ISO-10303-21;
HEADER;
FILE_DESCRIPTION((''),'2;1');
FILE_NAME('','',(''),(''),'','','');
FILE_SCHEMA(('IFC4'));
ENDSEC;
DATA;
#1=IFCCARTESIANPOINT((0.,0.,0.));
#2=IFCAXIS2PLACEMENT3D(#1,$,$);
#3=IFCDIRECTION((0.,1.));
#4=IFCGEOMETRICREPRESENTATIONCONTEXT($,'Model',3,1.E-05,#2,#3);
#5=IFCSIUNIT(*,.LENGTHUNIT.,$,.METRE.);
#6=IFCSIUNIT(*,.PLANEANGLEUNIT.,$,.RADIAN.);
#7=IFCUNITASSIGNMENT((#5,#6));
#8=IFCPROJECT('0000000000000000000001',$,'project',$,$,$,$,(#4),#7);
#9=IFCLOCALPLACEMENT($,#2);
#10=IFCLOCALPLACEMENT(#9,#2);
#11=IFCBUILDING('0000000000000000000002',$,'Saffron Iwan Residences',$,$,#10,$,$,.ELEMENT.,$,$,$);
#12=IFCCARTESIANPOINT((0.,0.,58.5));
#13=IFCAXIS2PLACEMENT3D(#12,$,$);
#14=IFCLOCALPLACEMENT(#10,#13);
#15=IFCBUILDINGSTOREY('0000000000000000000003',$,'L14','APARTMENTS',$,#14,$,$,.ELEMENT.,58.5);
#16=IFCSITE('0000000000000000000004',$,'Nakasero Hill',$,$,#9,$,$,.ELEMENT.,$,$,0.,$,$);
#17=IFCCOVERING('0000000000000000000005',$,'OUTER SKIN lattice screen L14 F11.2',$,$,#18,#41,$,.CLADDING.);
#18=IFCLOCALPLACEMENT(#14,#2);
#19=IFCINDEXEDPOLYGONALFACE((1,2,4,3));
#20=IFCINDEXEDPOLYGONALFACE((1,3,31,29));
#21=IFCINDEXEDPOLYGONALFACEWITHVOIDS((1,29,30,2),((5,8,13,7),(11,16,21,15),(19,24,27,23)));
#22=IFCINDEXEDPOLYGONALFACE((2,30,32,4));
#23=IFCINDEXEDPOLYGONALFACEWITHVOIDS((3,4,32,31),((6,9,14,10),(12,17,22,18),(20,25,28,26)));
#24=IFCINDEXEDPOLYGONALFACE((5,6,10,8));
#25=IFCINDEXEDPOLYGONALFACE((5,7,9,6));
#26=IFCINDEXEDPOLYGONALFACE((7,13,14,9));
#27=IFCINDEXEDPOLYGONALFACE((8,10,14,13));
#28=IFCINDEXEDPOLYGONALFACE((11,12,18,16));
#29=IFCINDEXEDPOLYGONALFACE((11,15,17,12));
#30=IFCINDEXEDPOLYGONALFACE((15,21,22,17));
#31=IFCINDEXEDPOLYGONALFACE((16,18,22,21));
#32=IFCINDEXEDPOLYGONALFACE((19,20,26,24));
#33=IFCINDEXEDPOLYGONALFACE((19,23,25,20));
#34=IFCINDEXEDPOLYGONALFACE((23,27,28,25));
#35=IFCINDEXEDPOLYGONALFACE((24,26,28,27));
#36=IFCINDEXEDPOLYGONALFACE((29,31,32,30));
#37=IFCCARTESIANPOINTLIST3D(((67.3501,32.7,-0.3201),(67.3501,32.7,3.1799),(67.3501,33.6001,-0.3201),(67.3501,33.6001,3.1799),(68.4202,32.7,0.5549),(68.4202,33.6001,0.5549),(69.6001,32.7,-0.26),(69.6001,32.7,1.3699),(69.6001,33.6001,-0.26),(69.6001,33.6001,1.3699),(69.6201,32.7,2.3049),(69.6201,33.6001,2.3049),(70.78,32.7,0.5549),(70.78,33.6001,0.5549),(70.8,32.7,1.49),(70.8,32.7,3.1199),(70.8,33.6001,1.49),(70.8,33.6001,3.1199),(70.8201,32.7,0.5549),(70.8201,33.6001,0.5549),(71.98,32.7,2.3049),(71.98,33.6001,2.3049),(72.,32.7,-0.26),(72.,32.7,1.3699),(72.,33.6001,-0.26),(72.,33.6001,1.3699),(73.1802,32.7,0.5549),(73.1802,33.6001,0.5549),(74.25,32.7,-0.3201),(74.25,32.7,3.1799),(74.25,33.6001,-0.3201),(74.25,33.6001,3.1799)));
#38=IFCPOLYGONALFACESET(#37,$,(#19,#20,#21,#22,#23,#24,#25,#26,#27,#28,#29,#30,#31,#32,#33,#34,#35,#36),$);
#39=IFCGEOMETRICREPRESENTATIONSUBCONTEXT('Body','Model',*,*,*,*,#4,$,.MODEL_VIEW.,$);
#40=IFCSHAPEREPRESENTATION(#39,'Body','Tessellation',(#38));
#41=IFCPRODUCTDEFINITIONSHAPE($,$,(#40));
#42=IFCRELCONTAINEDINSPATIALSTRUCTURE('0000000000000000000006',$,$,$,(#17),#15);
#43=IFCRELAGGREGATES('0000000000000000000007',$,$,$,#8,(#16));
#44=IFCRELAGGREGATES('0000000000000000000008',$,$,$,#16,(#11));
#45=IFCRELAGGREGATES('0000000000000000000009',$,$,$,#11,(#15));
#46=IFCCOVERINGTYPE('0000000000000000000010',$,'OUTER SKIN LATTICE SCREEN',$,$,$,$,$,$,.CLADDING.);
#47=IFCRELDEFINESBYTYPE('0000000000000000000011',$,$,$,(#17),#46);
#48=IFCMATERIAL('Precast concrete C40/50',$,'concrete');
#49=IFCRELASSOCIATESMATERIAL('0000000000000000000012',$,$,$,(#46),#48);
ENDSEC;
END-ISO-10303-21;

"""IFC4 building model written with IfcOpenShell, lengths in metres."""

from ifc_helpers import new_model, si_unit, direction, frame, origin, place, context, subcontext, project, spatial, polyline, outline, extrude, material, type_object, element, save


model = new_model("IFC4")

# Units and contexts
model_context = context("Model", 3, precision=1e-05, world=origin(), true_north=direction((0.0, 1.0)))
body_context = subcontext(model_context, "Body", "Model", "MODEL_VIEW")
ifc_project = project(units=[si_unit("LENGTHUNIT", "METRE"), si_unit("PLANEANGLEUNIT", "RADIAN")], contexts=[model_context])

# Site, building, storey
site_placement = place(None, origin())
site = spatial("IfcSite", under=ifc_project, at=site_placement, Name="Nakasero Hill", CompositionType="ELEMENT", RefElevation=0.0)
building_placement = place(site_placement, origin())
building = spatial("IfcBuilding", under=site, at=building_placement, Name="Saffron Iwan Residences", CompositionType="ELEMENT")
storey_placement = place(building_placement, frame((0.0, 0.0, 58.5)))
storey = spatial("IfcBuildingStorey", under=building, at=storey_placement, Name="L14", Description="APARTMENTS", CompositionType="ELEMENT", Elevation=58.5)

# Covering
ifc_material_1 = material(Name="Precast concrete C40/50", Category="concrete")
covering_type = type_object("IfcCoveringType", Name="OUTER SKIN LATTICE SCREEN", PredefinedType="CLADDING", material=ifc_material_1)
covering_placement = place(storey_placement, frame((67.3501, 33.6001, -0.3201), z_axis=(0.0, -1.0, 0.0), x_axis=(1.0, 0.0, 0.0)))
element("IfcCovering", 1, at=covering_placement, inside=storey, type_object=covering_type, Name="OUTER SKIN lattice screen L14 F11.2", PredefinedType="CLADDING", context=body_context, shape_type="SweptSolid", body=[
    extrude(outline(polyline([(0.0, 0.0), (6.8999, 0.0), (6.8999, 3.5), (0.0, 3.5), (0.0, 0.0)]), holes=[polyline([(1.0701, 0.875), (2.25, 0.0601), (3.4299, 0.875), (2.25, 1.6899), (1.0701, 0.875)]), polyline([(3.47, 0.875), (4.6499, 0.0601), (5.8301, 0.875), (4.6499, 1.6899), (3.47, 0.875)]), polyline([(2.27, 2.625), (3.45, 1.8101), (4.6299, 2.625), (3.45, 3.4399), (2.27, 2.625)])]), origin(), (0.0, 0.0, 1.0), 0.9001),
])

save(model, "model.ifc")
